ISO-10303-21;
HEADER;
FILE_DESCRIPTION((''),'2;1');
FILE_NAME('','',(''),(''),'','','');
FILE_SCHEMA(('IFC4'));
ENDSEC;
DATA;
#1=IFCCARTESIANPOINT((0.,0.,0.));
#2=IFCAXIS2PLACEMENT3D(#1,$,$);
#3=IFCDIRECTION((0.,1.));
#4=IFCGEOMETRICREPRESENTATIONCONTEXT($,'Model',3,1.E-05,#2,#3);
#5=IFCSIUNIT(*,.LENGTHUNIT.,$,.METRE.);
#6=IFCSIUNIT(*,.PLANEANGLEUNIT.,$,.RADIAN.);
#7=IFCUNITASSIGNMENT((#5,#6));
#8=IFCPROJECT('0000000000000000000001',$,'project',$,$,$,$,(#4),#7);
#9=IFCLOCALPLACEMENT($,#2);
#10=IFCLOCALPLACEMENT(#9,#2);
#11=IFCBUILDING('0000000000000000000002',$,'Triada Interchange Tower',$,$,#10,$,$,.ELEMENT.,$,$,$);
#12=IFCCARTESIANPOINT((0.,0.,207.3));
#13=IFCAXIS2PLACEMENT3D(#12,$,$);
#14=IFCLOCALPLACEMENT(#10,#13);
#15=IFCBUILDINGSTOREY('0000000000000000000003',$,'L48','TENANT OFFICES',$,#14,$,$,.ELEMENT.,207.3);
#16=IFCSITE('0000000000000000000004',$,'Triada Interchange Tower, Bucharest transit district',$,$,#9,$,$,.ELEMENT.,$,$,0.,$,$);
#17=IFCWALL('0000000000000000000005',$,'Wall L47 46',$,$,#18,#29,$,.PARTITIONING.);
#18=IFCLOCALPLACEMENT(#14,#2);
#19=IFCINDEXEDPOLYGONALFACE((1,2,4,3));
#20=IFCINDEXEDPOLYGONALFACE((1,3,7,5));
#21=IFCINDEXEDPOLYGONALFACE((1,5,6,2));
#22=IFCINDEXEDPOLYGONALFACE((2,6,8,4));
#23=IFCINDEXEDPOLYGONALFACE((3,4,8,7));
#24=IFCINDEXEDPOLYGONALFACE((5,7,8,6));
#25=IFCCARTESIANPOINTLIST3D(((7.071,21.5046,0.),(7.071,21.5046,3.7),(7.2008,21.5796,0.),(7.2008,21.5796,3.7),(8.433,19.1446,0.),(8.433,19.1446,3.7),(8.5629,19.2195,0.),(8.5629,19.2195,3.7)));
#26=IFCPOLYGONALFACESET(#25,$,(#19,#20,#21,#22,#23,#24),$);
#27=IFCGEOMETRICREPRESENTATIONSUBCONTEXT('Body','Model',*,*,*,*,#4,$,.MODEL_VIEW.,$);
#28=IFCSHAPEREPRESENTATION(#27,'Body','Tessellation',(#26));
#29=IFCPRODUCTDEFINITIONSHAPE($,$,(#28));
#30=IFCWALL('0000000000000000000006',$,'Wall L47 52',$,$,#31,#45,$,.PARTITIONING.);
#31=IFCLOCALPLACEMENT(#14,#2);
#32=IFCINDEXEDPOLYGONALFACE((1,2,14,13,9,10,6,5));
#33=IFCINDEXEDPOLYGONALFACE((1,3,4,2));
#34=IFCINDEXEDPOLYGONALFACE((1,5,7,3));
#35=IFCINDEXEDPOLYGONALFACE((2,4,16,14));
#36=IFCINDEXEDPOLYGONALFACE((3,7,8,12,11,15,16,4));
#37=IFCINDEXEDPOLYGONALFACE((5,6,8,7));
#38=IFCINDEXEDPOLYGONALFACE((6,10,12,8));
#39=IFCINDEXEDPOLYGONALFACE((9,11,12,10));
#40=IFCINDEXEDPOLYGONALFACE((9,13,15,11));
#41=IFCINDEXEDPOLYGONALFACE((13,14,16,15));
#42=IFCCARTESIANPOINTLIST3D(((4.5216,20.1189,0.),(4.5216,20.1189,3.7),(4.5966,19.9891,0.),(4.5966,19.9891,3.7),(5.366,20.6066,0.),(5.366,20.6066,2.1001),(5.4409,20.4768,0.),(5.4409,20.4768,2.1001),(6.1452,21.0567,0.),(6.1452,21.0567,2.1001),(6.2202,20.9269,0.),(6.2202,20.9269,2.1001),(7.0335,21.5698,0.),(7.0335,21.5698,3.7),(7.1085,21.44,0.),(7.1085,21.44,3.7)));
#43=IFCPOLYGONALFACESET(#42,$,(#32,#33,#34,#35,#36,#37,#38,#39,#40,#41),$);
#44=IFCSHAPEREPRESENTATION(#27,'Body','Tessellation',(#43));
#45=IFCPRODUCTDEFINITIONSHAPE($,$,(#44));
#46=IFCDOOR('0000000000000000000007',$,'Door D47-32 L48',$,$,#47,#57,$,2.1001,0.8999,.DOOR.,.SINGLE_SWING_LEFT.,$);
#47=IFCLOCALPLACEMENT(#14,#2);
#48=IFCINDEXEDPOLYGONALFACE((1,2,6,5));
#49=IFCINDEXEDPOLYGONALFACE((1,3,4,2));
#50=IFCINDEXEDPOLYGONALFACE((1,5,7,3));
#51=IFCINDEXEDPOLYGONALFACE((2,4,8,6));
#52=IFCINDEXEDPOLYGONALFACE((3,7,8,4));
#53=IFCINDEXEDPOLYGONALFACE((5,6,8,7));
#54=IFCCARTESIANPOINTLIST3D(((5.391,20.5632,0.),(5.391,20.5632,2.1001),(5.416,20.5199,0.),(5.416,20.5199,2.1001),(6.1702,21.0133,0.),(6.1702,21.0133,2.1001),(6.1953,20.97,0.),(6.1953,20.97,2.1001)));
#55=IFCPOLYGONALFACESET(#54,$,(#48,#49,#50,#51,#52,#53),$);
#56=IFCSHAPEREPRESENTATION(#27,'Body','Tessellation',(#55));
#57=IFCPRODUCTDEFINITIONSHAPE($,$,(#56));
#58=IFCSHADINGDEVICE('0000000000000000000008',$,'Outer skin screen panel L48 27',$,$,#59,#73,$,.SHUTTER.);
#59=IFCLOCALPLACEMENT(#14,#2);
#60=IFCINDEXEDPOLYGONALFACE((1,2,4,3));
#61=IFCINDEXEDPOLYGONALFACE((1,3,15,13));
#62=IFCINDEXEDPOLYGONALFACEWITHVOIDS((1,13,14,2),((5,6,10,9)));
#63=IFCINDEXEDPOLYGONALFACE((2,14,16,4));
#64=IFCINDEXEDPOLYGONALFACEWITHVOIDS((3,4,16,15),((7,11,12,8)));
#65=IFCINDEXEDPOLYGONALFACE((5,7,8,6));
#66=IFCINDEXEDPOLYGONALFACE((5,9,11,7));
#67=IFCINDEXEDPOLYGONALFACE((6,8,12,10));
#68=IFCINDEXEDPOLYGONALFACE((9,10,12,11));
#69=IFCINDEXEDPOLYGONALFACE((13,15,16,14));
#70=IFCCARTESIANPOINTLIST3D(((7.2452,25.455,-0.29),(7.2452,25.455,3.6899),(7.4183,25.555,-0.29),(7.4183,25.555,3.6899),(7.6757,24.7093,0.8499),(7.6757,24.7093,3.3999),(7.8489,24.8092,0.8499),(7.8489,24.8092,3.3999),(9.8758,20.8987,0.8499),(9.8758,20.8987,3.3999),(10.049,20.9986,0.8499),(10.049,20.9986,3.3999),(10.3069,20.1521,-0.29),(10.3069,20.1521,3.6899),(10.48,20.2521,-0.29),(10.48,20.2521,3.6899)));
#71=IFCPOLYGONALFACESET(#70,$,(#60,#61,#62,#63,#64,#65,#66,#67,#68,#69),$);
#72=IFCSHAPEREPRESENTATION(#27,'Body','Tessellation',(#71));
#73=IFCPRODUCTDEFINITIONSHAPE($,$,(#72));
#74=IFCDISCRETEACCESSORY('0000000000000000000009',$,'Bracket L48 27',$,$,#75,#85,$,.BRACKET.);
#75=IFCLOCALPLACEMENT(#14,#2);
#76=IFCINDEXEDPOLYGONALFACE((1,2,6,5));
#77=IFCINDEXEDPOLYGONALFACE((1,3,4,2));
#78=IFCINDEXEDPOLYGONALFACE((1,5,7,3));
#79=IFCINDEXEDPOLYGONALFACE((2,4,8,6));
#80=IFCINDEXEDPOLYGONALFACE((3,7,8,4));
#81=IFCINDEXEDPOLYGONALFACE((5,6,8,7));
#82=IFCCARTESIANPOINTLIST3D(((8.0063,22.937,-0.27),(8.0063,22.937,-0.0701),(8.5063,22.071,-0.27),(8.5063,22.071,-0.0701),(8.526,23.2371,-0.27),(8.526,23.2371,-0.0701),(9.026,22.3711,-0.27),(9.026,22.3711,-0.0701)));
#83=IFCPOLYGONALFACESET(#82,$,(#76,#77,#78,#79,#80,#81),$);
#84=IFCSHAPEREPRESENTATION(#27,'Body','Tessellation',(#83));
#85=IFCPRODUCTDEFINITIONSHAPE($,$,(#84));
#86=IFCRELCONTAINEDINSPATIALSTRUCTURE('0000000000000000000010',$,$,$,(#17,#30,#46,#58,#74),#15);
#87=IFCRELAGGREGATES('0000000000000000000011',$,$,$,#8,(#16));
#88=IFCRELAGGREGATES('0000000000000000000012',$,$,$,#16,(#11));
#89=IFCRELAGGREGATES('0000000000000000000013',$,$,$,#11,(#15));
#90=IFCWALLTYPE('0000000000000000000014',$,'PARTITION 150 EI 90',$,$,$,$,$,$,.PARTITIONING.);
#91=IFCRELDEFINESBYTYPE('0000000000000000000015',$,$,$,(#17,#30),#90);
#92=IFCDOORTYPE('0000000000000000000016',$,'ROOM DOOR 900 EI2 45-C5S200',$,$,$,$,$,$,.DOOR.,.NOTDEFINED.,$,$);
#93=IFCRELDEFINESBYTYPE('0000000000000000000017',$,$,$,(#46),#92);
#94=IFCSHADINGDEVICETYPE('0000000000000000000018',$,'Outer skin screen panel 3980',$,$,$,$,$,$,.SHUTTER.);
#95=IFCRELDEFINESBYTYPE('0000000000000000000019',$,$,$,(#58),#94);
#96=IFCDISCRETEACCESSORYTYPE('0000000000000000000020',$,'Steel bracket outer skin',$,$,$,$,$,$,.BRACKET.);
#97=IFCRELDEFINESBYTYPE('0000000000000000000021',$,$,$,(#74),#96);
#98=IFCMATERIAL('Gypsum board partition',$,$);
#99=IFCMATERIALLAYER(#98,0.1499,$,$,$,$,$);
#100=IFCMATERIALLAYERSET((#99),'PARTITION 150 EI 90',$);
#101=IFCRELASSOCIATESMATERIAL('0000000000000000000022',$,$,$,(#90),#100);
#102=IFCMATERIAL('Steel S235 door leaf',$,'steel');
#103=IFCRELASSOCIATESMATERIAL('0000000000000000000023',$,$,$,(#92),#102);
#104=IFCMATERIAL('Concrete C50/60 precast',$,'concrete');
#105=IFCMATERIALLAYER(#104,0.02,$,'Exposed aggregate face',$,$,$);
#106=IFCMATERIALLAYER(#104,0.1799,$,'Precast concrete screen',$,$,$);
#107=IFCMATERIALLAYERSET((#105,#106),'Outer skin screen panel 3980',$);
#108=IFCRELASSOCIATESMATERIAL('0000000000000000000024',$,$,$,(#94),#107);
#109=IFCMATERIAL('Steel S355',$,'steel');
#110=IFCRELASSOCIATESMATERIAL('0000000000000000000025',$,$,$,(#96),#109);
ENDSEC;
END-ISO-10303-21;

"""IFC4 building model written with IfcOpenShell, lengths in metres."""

from ifc_helpers import new_model, si_unit, direction, frame, frame_2d, origin, origin_2d, place, context, subcontext, project, spatial, polyline, rectangle, outline, extrude, material, layer, layer_set, type_object, element, fill, save


model = new_model("IFC4")

# Units and contexts
model_context = context("Model", 3, precision=1e-05, world=origin(), true_north=direction((0.0, 1.0)))
body_context = subcontext(model_context, "Body", "Model", "MODEL_VIEW")
ifc_project = project(units=[si_unit("LENGTHUNIT", "METRE"), si_unit("PLANEANGLEUNIT", "RADIAN")], contexts=[model_context])

# Site, building, storey
site_placement = place(None, origin())
site = spatial("IfcSite", under=ifc_project, at=site_placement, Name="Triada Interchange Tower, Bucharest transit district", CompositionType="ELEMENT", RefElevation=0.0)
building_placement = place(site_placement, origin())
building = spatial("IfcBuilding", under=site, at=building_placement, Name="Triada Interchange Tower", CompositionType="ELEMENT")
storey_placement = place(building_placement, frame((0.0, 0.0, 207.3)))
storey = spatial("IfcBuildingStorey", under=building, at=storey_placement, Name="L48", Description="TENANT OFFICES", CompositionType="ELEMENT", Elevation=207.3)

# Shared definitions
ifc_material_1 = material(Name="Gypsum board partition")

# Shared definitions
ifc_material_2 = material(Name="Steel S235 door leaf", Category="steel")

# Wall
ifc_layer_1 = layer(ifc_material_1, 0.1499)
ifc_layer_set_1 = layer_set([ifc_layer_1], Name="PARTITION 150 EI 90")
wall_type_1 = type_object("IfcWallType", Name="PARTITION 150 EI 90", PredefinedType="PARTITIONING", material=ifc_layer_set_1)
wall_1_placement = place(storey_placement, frame((7.136, 21.542, 0.0), z_axis=(0.0, 0.0, 1.0), x_axis=(0.499849, -0.866112, 0.0)))
element("IfcWall", 1, at=wall_1_placement, inside=storey, type_object=wall_type_1, Name="Wall L47 46", PredefinedType="PARTITIONING", context=body_context, shape_type="SweptSolid", body=[
    extrude(rectangle(XDim=2.7249, YDim=0.1499, at=frame_2d((1.3623, 0.0))), origin(), (0.0, 0.0, 1.0), 3.7),
])

# Wall, opening, door
wall_2_placement = place(storey_placement, frame((4.5591, 20.054, 0.0), z_axis=(0.0, 0.0, 1.0), x_axis=(0.865929, 0.500167, 0.0)))
wall_2 = element("IfcWall", 2, at=wall_2_placement, inside=storey, type_object=wall_type_1, Name="Wall L47 52", PredefinedType="PARTITIONING", context=body_context, shape_type="SweptSolid", body=[
    extrude(rectangle(XDim=2.9009, YDim=0.1499, at=frame_2d((1.4504, 0.0))), origin(), (0.0, 0.0, 1.0), 3.7),
])
opening_1_placement = place(wall_2_placement, frame((0.9751, 0.0, 0.0)))
opening_1 = element("IfcOpeningElement", 3, at=opening_1_placement, cuts=wall_2, PredefinedType="OPENING", context=body_context, shape_type="SweptSolid", body=[
    extrude(rectangle(XDim=0.8999, YDim=2.1001, at=frame_2d((0.45, 1.05))), frame((0.0, 0.085, 0.0), z_axis=(0.0, -1.0, 0.0), x_axis=(1.0, 0.0, 0.0)), (0.0, 0.0, 1.0), 0.1699),
])
door_type_1 = type_object("IfcDoorType", Name="ROOM DOOR 900 EI2 45-C5S200", OperationType="NOTDEFINED", PredefinedType="DOOR", material=ifc_material_2)
door_1_placement = place(opening_1_placement, origin())
door_1 = element("IfcDoor", 4, at=door_1_placement, inside=storey, type_object=door_type_1, Name="Door D47-32 L48", OperationType="SINGLE_SWING_LEFT", OverallHeight=2.1001, OverallWidth=0.8999, PredefinedType="DOOR", context=body_context, shape_type="SweptSolid", body=[
    extrude(rectangle(XDim=0.8999, YDim=2.1001, at=frame_2d((0.45, 1.05))), frame((0.0, 0.0249, 0.0), z_axis=(0.0, -1.0, 0.0), x_axis=(1.0, 0.0, 0.0)), (0.0, 0.0, 1.0), 0.05),
])
fill(opening_1, door_1)

# Shading device
ifc_material_3 = material(Name="Concrete C50/60 precast", Category="concrete")
ifc_layer_2 = layer(ifc_material_3, 0.02, Name="Exposed aggregate face")
ifc_layer_3 = layer(ifc_material_3, 0.1799, Name="Precast concrete screen")
ifc_layer_set_2 = layer_set([ifc_layer_2, ifc_layer_3], Name="Outer skin screen panel 3980")
shading_device_type = type_object("IfcShadingDeviceType", Name="Outer skin screen panel 3980", PredefinedType="SHUTTER", material=ifc_layer_set_2)
shading_device_placement = place(storey_placement, frame((10.3069, 20.1521, -0.29), z_axis=(0.0, 0.0, 1.0), x_axis=(-0.500011, 0.866019, 0.0)))
element("IfcShadingDevice", 5, at=shading_device_placement, inside=storey, type_object=shading_device_type, Name="Outer skin screen panel L48 27", PredefinedType="SHUTTER", context=body_context, shape_type="SweptSolid", body=[
    extrude(outline(polyline([(0.0, 0.0), (6.1233, 0.0), (6.1233, 3.98), (0.0, 3.98), (0.0, 0.0)]), holes=[polyline([(0.8621, 1.1399), (0.8621, 3.6899), (5.2622, 3.6899), (5.2622, 1.1399), (0.8621, 1.1399)])]), frame((0.0, 0.0, 0.0), z_axis=(0.0, -1.0, 0.0), x_axis=(1.0, 0.0, 0.0)), (0.0, 0.0, 1.0), 0.2),
])

# Discrete accessory
ifc_material_4 = material(Name="Steel S355", Category="steel")
discrete_accessory_type = type_object("IfcDiscreteAccessoryType", Name="Steel bracket outer skin", PredefinedType="BRACKET", material=ifc_material_4)
discrete_accessory_placement = place(storey_placement, frame((8.5161, 22.6541, -0.27), z_axis=(0.0, 0.0, 1.0), x_axis=(0.866021, 0.500007, 0.0)))
element("IfcDiscreteAccessory", 6, at=discrete_accessory_placement, inside=storey, type_object=discrete_accessory_type, Name="Bracket L48 27", PredefinedType="BRACKET", context=body_context, shape_type="SweptSolid", body=[
    extrude(rectangle(XDim=0.6001, YDim=1.0, at=origin_2d()), origin(), (0.0, 0.0, 1.0), 0.2),
])

save(model, "model.ifc")
